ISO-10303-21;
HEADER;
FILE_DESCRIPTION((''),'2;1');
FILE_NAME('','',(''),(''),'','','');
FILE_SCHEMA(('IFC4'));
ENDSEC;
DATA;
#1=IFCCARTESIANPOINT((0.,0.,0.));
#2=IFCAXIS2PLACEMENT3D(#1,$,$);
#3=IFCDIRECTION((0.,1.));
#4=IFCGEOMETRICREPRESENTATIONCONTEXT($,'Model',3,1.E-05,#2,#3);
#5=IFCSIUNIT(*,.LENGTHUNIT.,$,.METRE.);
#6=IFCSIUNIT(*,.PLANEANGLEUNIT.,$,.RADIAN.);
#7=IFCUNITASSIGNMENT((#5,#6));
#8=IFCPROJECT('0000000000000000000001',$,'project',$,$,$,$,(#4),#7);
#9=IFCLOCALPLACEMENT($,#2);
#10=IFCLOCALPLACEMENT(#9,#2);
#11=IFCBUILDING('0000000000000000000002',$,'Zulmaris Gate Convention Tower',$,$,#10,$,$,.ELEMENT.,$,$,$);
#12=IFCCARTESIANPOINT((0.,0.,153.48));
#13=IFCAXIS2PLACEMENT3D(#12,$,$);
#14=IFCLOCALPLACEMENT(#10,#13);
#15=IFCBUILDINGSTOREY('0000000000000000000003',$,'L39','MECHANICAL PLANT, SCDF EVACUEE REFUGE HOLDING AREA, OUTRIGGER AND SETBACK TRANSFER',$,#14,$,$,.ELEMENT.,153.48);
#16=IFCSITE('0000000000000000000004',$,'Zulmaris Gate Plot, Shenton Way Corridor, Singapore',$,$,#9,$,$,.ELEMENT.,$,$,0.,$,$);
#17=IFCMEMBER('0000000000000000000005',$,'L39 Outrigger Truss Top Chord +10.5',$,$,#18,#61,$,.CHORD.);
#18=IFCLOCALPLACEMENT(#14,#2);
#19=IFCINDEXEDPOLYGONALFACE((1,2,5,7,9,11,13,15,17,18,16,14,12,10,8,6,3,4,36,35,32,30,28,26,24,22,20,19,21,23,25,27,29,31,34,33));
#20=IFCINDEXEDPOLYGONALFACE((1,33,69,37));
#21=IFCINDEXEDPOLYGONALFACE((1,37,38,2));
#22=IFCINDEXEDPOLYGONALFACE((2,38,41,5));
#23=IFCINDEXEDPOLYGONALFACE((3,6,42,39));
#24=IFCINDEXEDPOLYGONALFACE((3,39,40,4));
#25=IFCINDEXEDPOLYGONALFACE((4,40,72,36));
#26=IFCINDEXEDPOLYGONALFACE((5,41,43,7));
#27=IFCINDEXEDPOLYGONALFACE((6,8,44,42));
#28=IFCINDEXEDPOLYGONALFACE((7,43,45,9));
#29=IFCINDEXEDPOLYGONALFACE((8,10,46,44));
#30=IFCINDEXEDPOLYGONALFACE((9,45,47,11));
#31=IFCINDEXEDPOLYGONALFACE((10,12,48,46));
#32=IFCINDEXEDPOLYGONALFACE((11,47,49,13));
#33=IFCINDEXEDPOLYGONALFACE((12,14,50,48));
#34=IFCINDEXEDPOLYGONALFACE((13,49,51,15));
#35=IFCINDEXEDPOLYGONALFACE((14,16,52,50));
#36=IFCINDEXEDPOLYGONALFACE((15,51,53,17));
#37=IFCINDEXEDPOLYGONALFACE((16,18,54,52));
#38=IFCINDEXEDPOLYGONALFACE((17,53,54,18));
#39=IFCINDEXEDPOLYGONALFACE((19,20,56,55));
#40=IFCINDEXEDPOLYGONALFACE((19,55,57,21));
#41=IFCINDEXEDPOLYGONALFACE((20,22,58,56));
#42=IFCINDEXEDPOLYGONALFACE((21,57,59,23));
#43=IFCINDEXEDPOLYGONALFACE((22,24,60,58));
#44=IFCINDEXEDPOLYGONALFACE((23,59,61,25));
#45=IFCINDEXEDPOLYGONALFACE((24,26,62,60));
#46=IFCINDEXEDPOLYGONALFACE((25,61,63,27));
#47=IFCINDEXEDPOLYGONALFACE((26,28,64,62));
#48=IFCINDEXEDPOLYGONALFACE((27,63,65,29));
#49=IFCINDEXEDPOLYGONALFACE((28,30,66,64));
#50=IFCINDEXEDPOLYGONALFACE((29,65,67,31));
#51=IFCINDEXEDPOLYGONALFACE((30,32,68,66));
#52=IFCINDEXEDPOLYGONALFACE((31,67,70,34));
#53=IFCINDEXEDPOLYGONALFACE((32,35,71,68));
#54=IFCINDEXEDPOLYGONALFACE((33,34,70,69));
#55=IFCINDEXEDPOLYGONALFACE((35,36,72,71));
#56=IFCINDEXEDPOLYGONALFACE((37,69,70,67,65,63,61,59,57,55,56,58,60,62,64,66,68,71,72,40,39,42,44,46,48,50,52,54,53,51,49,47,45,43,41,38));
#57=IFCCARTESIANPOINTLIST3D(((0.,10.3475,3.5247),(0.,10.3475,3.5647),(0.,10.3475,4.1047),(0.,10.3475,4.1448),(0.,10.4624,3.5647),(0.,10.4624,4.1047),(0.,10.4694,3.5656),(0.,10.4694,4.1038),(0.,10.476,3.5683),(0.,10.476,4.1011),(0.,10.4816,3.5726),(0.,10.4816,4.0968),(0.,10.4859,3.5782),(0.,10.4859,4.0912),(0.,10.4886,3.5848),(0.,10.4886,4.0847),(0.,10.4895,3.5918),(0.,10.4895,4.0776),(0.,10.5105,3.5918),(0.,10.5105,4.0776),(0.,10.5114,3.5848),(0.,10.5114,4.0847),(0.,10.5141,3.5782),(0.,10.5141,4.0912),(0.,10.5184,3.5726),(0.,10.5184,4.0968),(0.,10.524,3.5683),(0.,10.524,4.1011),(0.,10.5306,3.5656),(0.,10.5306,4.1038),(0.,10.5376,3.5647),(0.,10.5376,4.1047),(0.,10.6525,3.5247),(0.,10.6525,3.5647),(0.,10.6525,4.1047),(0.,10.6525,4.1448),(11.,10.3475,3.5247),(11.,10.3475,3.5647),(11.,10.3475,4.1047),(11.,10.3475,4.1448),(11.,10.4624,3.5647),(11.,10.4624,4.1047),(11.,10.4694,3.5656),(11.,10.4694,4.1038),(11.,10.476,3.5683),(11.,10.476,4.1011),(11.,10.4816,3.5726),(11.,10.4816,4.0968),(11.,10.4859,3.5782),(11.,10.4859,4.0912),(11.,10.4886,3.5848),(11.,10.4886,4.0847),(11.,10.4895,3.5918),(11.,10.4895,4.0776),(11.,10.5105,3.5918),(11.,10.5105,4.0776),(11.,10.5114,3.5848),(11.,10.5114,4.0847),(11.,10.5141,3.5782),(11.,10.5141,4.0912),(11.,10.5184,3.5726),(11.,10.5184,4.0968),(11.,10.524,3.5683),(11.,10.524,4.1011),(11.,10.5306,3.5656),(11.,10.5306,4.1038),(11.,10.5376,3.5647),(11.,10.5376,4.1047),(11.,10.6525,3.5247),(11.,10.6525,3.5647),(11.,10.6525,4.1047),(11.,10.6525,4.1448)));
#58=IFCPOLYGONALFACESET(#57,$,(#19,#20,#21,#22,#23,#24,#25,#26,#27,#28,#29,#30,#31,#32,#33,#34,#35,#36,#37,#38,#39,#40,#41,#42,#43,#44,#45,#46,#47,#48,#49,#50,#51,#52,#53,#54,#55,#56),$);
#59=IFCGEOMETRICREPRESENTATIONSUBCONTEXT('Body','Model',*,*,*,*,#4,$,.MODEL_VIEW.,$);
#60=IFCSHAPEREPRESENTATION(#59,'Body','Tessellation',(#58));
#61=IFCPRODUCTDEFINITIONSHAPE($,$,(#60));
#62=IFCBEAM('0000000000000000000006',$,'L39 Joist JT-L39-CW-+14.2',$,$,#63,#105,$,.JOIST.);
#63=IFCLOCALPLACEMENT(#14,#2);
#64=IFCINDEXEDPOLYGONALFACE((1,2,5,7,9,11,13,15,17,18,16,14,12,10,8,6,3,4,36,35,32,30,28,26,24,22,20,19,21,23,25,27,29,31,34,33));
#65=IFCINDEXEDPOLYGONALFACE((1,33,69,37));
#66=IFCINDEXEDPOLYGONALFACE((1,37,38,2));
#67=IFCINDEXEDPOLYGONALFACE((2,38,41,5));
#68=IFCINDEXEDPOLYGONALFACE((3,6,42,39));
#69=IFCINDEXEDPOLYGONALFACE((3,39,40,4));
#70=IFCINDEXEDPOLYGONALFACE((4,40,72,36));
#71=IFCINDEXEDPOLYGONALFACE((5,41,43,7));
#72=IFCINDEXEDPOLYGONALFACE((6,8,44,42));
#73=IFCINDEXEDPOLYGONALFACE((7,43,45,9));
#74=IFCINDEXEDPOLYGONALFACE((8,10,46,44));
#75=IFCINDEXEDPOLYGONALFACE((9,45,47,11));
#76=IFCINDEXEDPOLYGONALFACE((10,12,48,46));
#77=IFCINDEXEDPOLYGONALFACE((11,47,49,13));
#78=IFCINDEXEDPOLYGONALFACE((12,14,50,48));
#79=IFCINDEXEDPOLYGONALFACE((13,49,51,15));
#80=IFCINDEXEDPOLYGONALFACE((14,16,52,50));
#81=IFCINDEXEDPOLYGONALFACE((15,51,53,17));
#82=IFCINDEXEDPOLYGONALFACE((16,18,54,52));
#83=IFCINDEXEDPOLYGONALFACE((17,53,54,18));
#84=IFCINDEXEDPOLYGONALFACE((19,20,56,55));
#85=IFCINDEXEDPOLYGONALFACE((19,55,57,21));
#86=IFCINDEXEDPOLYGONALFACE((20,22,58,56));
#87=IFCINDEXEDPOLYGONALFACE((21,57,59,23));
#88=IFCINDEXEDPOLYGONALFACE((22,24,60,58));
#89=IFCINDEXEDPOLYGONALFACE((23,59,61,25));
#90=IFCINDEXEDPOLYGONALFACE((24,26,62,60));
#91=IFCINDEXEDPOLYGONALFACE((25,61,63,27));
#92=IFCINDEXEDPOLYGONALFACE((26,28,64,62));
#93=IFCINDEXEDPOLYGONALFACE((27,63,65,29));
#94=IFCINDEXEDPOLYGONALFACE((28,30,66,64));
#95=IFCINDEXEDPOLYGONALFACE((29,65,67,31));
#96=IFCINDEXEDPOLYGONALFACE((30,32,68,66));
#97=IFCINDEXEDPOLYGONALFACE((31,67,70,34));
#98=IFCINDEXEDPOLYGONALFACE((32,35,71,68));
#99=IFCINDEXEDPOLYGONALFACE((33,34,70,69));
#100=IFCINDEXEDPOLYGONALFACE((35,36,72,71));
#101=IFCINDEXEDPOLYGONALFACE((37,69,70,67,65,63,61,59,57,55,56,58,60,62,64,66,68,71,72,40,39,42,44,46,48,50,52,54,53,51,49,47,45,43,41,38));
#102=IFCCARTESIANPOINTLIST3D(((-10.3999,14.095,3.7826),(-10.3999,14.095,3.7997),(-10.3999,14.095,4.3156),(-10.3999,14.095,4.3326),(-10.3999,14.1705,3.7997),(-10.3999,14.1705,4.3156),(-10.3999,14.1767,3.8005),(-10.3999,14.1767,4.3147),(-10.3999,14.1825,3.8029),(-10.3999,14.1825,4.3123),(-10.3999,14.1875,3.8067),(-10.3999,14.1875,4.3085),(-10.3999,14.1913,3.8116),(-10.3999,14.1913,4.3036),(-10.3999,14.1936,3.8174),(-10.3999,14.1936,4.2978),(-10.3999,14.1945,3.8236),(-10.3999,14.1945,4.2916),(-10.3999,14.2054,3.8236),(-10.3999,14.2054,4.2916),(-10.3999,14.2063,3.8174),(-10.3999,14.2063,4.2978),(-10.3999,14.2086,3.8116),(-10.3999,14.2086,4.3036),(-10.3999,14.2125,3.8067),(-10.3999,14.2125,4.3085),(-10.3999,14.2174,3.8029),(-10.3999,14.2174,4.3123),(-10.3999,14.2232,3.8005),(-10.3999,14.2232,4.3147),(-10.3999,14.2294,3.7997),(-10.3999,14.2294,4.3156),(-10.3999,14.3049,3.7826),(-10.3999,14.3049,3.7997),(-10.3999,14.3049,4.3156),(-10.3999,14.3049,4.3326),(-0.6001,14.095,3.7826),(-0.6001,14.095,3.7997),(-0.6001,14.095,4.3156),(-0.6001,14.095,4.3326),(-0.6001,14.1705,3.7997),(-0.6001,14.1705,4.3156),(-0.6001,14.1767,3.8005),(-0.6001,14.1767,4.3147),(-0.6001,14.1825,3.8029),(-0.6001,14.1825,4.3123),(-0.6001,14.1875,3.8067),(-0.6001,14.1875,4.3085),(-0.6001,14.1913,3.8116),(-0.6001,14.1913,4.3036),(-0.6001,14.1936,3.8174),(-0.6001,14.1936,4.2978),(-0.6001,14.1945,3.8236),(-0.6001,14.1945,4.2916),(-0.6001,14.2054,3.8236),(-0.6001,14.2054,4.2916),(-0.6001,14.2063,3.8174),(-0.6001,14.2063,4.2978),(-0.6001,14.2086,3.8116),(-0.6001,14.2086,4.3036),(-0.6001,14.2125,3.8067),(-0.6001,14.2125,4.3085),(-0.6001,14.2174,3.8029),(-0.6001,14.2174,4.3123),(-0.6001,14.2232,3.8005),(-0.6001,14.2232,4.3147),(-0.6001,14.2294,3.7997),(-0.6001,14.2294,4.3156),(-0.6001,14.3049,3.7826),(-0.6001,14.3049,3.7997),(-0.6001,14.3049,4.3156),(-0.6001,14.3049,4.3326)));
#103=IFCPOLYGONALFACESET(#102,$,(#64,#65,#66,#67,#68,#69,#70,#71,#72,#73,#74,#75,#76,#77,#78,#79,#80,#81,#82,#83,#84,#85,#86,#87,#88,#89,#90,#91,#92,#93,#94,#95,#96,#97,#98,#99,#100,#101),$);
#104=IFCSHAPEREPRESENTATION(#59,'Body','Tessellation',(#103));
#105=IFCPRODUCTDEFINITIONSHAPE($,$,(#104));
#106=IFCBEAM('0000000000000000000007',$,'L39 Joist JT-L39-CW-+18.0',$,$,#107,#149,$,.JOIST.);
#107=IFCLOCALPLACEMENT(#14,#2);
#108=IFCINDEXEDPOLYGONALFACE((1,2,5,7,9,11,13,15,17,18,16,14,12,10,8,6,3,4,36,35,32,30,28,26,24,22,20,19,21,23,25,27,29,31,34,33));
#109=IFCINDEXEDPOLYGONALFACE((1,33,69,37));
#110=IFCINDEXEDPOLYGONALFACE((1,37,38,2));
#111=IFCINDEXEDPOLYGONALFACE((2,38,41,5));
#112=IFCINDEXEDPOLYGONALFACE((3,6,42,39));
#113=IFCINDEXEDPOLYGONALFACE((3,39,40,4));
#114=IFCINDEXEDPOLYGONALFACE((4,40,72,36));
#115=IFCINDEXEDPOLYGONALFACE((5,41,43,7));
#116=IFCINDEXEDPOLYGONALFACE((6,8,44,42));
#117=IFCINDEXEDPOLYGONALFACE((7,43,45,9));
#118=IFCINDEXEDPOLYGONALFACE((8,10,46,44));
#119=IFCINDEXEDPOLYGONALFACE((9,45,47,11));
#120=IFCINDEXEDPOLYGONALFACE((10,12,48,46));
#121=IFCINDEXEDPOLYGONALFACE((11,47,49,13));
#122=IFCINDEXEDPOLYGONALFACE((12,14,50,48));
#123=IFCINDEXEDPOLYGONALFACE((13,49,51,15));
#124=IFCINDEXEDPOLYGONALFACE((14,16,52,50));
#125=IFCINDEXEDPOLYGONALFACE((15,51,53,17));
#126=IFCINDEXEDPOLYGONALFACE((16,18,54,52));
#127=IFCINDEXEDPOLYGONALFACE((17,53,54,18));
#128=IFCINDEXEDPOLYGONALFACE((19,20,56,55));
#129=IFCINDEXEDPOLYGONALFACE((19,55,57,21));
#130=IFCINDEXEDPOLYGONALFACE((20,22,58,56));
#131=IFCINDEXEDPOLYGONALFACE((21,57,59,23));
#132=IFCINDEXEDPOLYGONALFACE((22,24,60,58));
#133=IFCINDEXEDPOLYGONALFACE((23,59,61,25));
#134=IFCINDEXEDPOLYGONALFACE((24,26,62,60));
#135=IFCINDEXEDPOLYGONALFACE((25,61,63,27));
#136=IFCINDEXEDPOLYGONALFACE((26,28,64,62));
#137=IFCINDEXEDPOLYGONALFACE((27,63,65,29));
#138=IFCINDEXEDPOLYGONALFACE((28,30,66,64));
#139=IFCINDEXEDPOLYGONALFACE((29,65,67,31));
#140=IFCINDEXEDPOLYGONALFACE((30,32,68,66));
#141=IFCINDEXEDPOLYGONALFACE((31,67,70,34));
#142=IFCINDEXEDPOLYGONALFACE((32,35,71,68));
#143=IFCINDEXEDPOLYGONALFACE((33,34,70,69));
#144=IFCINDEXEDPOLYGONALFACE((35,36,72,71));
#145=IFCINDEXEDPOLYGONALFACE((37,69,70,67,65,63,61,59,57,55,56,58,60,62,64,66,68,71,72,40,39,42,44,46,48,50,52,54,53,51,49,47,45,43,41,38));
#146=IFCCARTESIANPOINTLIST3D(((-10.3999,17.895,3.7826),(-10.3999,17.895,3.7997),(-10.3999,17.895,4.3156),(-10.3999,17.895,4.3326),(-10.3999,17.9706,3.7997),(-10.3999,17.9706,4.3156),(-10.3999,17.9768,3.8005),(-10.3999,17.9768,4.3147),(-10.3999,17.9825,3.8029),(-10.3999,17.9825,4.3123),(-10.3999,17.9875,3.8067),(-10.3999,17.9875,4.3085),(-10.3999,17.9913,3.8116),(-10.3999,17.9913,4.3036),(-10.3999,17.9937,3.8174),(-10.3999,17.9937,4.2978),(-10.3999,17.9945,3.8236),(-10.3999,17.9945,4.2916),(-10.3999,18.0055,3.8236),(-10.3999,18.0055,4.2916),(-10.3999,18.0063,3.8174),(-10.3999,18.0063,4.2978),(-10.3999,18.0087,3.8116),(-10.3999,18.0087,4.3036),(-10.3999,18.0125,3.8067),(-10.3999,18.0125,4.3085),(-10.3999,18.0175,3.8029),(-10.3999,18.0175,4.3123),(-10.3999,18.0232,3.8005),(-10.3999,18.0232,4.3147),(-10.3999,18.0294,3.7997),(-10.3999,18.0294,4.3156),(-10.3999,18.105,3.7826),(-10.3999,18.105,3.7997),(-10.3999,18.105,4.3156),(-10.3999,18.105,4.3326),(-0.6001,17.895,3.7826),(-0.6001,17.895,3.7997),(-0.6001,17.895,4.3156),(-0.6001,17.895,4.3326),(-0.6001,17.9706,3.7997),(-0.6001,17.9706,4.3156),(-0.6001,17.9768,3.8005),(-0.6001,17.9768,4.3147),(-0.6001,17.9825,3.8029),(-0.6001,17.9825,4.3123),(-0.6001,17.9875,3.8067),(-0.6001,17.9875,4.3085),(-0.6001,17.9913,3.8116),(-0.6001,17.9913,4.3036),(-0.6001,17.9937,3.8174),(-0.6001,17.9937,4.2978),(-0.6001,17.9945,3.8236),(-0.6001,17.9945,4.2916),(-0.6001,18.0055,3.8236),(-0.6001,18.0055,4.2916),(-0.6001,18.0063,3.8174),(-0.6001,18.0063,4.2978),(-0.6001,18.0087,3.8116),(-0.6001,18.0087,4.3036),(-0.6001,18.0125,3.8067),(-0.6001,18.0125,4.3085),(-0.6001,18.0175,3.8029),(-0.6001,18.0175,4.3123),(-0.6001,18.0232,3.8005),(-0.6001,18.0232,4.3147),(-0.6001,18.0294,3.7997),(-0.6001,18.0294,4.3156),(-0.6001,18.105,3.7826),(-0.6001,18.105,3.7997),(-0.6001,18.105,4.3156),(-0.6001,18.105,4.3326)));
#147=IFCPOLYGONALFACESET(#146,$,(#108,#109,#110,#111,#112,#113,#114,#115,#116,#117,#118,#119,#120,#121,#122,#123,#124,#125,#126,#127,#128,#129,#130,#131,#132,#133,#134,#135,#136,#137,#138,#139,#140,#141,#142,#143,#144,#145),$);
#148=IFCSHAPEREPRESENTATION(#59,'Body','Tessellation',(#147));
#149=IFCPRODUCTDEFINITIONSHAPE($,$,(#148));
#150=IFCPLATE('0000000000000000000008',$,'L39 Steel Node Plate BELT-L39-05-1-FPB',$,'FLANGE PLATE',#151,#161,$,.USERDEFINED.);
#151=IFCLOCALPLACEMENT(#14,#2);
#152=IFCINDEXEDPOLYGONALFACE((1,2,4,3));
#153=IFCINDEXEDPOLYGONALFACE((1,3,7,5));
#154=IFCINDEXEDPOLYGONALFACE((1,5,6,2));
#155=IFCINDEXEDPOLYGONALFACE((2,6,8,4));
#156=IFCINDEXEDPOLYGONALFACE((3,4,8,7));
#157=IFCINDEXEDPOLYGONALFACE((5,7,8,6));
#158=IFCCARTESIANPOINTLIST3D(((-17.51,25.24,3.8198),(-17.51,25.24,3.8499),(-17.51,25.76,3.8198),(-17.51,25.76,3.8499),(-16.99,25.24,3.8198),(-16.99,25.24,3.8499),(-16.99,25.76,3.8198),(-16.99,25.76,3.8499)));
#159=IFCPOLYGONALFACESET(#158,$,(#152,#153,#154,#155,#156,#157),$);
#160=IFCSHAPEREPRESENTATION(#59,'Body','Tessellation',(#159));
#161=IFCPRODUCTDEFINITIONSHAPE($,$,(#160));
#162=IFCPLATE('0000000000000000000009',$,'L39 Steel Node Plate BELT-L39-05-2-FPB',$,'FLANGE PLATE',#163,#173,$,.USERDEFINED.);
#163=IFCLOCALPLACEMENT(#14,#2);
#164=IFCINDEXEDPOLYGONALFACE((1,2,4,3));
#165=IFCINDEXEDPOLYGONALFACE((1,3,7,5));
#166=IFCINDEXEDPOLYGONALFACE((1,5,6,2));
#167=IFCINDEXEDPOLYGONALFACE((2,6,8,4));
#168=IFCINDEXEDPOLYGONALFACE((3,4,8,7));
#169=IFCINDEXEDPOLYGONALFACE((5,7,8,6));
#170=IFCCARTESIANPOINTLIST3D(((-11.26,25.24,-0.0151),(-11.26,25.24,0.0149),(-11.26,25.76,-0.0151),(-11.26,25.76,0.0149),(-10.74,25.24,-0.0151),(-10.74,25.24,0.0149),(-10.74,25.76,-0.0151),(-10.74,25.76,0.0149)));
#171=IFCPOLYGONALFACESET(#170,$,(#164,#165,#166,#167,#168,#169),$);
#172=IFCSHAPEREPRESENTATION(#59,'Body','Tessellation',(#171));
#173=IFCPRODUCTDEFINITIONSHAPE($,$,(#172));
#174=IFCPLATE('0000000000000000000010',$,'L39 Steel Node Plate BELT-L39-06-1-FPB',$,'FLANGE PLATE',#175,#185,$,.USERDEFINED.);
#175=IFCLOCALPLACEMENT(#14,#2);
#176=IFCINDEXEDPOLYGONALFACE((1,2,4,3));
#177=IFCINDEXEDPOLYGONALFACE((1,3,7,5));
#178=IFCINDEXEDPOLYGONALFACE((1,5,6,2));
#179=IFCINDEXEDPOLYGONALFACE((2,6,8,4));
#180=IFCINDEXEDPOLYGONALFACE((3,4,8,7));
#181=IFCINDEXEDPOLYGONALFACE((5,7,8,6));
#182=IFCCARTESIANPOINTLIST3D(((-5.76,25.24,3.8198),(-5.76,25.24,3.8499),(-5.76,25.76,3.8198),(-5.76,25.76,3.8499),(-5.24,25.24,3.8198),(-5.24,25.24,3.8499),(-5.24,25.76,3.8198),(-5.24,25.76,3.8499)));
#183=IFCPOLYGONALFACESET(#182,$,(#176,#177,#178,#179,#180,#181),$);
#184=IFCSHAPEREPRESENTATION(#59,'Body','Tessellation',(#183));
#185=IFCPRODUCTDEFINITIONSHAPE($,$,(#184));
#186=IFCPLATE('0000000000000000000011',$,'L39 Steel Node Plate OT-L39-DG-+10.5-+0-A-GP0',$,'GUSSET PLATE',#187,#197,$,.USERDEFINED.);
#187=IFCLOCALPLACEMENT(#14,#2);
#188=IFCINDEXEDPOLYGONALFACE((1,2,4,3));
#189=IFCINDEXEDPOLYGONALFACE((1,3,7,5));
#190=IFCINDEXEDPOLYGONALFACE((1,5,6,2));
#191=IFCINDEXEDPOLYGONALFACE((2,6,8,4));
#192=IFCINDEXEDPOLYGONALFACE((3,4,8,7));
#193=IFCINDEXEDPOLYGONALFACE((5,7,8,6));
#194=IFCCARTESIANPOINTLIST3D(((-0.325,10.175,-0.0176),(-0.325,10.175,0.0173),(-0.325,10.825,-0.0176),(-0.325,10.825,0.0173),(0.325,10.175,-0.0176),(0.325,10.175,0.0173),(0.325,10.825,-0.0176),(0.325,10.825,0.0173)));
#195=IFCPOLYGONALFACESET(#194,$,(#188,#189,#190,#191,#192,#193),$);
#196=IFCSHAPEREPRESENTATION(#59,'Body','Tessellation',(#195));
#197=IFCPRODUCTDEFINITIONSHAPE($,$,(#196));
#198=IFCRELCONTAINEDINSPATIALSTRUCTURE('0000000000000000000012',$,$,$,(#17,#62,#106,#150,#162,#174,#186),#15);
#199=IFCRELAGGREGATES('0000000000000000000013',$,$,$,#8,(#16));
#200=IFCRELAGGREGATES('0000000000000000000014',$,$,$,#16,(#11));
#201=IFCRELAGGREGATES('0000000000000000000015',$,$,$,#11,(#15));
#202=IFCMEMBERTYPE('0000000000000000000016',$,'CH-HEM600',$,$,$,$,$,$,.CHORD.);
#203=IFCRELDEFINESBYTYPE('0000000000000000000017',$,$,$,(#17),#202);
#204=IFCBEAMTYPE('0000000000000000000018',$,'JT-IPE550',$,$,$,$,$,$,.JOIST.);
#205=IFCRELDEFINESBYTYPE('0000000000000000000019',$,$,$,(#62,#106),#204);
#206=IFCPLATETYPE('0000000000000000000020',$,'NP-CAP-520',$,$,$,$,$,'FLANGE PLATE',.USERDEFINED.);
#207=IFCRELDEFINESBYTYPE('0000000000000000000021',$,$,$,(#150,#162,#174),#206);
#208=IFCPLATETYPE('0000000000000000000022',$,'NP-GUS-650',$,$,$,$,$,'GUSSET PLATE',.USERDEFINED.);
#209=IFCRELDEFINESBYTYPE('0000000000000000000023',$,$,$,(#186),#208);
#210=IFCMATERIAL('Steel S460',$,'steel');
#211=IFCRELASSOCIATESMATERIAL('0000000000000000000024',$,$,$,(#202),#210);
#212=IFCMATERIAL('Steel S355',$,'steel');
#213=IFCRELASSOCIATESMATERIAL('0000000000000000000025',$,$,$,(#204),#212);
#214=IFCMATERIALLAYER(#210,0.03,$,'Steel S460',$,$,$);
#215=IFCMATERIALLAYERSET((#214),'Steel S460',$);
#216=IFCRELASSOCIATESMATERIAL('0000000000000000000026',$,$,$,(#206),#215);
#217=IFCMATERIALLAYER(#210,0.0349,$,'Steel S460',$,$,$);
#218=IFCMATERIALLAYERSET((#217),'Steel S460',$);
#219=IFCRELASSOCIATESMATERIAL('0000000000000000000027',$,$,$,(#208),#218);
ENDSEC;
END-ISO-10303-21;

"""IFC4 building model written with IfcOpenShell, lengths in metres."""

from ifc_helpers import new_model, si_unit, direction, frame, origin, origin_2d, place, context, subcontext, project, spatial, rectangle, i_section, extrude, material, layer, layer_set, material_profile, profile_set, type_object, element, save


model = new_model("IFC4")

# Units and contexts
model_context = context("Model", 3, precision=1e-05, world=origin(), true_north=direction((0.0, 1.0)))
body_context = subcontext(model_context, "Body", "Model", "MODEL_VIEW")
ifc_project = project(units=[si_unit("LENGTHUNIT", "METRE"), si_unit("PLANEANGLEUNIT", "RADIAN")], contexts=[model_context])

# Site, building, storey
site_placement = place(None, origin())
site = spatial("IfcSite", under=ifc_project, at=site_placement, Name="Zulmaris Gate Plot, Shenton Way Corridor, Singapore", CompositionType="ELEMENT", RefElevation=0.0)
building_placement = place(site_placement, origin())
building = spatial("IfcBuilding", under=site, at=building_placement, Name="Zulmaris Gate Convention Tower", CompositionType="ELEMENT")
storey_placement = place(building_placement, frame((0.0, 0.0, 153.48)))
storey = spatial("IfcBuildingStorey", under=building, at=storey_placement, Name="L39", Description="MECHANICAL PLANT, SCDF EVACUEE REFUGE HOLDING AREA, OUTRIGGER AND SETBACK TRANSFER", CompositionType="ELEMENT", Elevation=153.48)

# Shared definitions
ifc_material_1 = material(Name="Steel S460", Category="steel")

# Member
ifc_material_profile_1 = material_profile(ifc_material_1, i_section(OverallWidth=0.3049, OverallDepth=0.6201, WebThickness=0.021, FlangeThickness=0.04, FilletRadius=0.0271, at=origin_2d()), Name="HEM 600")
ifc_profile_set_1 = profile_set([ifc_material_profile_1], Name="Steel S460")
member_type_1 = type_object("IfcMemberType", Name="CH-HEM600", PredefinedType="CHORD", material=ifc_profile_set_1)
for number, where, z_axis, x_axis, name in (
    (1, (0.0, 10.5, 3.8347), (1.0, 0.0, 0.0), (0.0, 1.0, 0.0), "L39 Outrigger Truss Top Chord +10.5"),
):
    element("IfcMember", number, at=place(storey_placement, frame(where, z_axis=z_axis, x_axis=x_axis)), inside=storey, type_object=member_type_1, Name=name, PredefinedType="CHORD", context=body_context, shape_type="SweptSolid", body=[
        extrude(i_section(OverallWidth=0.3049, OverallDepth=0.6201, WebThickness=0.021, FlangeThickness=0.04, FilletRadius=0.0271, at=origin_2d()), origin(), (0.0, 0.0, 1.0), 11.0),
    ])

# Beams
ifc_material_2 = material(Name="Steel S355", Category="steel")
ifc_material_profile_2 = material_profile(ifc_material_2, i_section(OverallWidth=0.21, OverallDepth=0.55, WebThickness=0.011, FlangeThickness=0.0171, FilletRadius=0.0239, at=origin_2d()), Name="IPE 550")
ifc_profile_set_2 = profile_set([ifc_material_profile_2], Name="Steel S355")
beam_type_1 = type_object("IfcBeamType", Name="JT-IPE550", PredefinedType="JOIST", material=ifc_profile_set_2)
for number, where, z_axis, x_axis, name in (
    (2, (-10.3999, 14.2, 4.0576), (1.0, 0.0, 0.0), (0.0, 1.0, 0.0), "L39 Joist JT-L39-CW-+14.2"),
    (3, (-10.3999, 18.0, 4.0576), (1.0, 0.0, 0.0), (0.0, 1.0, 0.0), "L39 Joist JT-L39-CW-+18.0"),
):
    element("IfcBeam", number, at=place(storey_placement, frame(where, z_axis=z_axis, x_axis=x_axis)), inside=storey, type_object=beam_type_1, Name=name, PredefinedType="JOIST", context=body_context, shape_type="SweptSolid", body=[
        extrude(i_section(OverallWidth=0.21, OverallDepth=0.55, WebThickness=0.011, FlangeThickness=0.0171, FilletRadius=0.0239, at=origin_2d()), origin(), (0.0, 0.0, 1.0), 9.7998),
    ])

# Plates
ifc_layer_1 = layer(ifc_material_1, 0.03, Name="Steel S460")
ifc_layer_set_1 = layer_set([ifc_layer_1], Name="Steel S460")
plate_type_1 = type_object("IfcPlateType", Name="NP-CAP-520", ElementType="FLANGE PLATE", PredefinedType="USERDEFINED", material=ifc_layer_set_1)
for number, where, z_axis, x_axis, name in (
    (4, (-17.25, 25.5, 3.8198), (0.0, 0.0, 1.0), (1.0, 0.0, 0.0), "L39 Steel Node Plate BELT-L39-05-1-FPB"),
    (5, (-11.0, 25.5, -0.0151), (0.0, 0.0, 1.0), (1.0, 0.0, 0.0), "L39 Steel Node Plate BELT-L39-05-2-FPB"),
    (6, (-5.5, 25.5, 3.8198), (0.0, 0.0, 1.0), (1.0, 0.0, 0.0), "L39 Steel Node Plate BELT-L39-06-1-FPB"),
):
    element("IfcPlate", number, at=place(storey_placement, frame(where, z_axis=z_axis, x_axis=x_axis)), inside=storey, type_object=plate_type_1, Name=name, ObjectType="FLANGE PLATE", PredefinedType="USERDEFINED", context=body_context, shape_type="SweptSolid", body=[
        extrude(rectangle(XDim=0.52, YDim=0.52, at=origin_2d()), origin(), (0.0, 0.0, 1.0), 0.03),
    ])
ifc_layer_2 = layer(ifc_material_1, 0.0349, Name="Steel S460")
ifc_layer_set_2 = layer_set([ifc_layer_2], Name="Steel S460")
plate_type_2 = type_object("IfcPlateType", Name="NP-GUS-650", ElementType="GUSSET PLATE", PredefinedType="USERDEFINED", material=ifc_layer_set_2)
plate_placement = place(storey_placement, frame((0.0, 10.5, -0.0176), z_axis=(0.0, 0.0, 1.0), x_axis=(1.0, 0.0, 0.0)))
element("IfcPlate", 7, at=plate_placement, inside=storey, type_object=plate_type_2, Name="L39 Steel Node Plate OT-L39-DG-+10.5-+0-A-GP0", ObjectType="GUSSET PLATE", PredefinedType="USERDEFINED", context=body_context, shape_type="SweptSolid", body=[
    extrude(rectangle(XDim=0.6499, YDim=0.6499, at=origin_2d()), origin(), (0.0, 0.0, 1.0), 0.0349),
])

save(model, "model.ifc")
